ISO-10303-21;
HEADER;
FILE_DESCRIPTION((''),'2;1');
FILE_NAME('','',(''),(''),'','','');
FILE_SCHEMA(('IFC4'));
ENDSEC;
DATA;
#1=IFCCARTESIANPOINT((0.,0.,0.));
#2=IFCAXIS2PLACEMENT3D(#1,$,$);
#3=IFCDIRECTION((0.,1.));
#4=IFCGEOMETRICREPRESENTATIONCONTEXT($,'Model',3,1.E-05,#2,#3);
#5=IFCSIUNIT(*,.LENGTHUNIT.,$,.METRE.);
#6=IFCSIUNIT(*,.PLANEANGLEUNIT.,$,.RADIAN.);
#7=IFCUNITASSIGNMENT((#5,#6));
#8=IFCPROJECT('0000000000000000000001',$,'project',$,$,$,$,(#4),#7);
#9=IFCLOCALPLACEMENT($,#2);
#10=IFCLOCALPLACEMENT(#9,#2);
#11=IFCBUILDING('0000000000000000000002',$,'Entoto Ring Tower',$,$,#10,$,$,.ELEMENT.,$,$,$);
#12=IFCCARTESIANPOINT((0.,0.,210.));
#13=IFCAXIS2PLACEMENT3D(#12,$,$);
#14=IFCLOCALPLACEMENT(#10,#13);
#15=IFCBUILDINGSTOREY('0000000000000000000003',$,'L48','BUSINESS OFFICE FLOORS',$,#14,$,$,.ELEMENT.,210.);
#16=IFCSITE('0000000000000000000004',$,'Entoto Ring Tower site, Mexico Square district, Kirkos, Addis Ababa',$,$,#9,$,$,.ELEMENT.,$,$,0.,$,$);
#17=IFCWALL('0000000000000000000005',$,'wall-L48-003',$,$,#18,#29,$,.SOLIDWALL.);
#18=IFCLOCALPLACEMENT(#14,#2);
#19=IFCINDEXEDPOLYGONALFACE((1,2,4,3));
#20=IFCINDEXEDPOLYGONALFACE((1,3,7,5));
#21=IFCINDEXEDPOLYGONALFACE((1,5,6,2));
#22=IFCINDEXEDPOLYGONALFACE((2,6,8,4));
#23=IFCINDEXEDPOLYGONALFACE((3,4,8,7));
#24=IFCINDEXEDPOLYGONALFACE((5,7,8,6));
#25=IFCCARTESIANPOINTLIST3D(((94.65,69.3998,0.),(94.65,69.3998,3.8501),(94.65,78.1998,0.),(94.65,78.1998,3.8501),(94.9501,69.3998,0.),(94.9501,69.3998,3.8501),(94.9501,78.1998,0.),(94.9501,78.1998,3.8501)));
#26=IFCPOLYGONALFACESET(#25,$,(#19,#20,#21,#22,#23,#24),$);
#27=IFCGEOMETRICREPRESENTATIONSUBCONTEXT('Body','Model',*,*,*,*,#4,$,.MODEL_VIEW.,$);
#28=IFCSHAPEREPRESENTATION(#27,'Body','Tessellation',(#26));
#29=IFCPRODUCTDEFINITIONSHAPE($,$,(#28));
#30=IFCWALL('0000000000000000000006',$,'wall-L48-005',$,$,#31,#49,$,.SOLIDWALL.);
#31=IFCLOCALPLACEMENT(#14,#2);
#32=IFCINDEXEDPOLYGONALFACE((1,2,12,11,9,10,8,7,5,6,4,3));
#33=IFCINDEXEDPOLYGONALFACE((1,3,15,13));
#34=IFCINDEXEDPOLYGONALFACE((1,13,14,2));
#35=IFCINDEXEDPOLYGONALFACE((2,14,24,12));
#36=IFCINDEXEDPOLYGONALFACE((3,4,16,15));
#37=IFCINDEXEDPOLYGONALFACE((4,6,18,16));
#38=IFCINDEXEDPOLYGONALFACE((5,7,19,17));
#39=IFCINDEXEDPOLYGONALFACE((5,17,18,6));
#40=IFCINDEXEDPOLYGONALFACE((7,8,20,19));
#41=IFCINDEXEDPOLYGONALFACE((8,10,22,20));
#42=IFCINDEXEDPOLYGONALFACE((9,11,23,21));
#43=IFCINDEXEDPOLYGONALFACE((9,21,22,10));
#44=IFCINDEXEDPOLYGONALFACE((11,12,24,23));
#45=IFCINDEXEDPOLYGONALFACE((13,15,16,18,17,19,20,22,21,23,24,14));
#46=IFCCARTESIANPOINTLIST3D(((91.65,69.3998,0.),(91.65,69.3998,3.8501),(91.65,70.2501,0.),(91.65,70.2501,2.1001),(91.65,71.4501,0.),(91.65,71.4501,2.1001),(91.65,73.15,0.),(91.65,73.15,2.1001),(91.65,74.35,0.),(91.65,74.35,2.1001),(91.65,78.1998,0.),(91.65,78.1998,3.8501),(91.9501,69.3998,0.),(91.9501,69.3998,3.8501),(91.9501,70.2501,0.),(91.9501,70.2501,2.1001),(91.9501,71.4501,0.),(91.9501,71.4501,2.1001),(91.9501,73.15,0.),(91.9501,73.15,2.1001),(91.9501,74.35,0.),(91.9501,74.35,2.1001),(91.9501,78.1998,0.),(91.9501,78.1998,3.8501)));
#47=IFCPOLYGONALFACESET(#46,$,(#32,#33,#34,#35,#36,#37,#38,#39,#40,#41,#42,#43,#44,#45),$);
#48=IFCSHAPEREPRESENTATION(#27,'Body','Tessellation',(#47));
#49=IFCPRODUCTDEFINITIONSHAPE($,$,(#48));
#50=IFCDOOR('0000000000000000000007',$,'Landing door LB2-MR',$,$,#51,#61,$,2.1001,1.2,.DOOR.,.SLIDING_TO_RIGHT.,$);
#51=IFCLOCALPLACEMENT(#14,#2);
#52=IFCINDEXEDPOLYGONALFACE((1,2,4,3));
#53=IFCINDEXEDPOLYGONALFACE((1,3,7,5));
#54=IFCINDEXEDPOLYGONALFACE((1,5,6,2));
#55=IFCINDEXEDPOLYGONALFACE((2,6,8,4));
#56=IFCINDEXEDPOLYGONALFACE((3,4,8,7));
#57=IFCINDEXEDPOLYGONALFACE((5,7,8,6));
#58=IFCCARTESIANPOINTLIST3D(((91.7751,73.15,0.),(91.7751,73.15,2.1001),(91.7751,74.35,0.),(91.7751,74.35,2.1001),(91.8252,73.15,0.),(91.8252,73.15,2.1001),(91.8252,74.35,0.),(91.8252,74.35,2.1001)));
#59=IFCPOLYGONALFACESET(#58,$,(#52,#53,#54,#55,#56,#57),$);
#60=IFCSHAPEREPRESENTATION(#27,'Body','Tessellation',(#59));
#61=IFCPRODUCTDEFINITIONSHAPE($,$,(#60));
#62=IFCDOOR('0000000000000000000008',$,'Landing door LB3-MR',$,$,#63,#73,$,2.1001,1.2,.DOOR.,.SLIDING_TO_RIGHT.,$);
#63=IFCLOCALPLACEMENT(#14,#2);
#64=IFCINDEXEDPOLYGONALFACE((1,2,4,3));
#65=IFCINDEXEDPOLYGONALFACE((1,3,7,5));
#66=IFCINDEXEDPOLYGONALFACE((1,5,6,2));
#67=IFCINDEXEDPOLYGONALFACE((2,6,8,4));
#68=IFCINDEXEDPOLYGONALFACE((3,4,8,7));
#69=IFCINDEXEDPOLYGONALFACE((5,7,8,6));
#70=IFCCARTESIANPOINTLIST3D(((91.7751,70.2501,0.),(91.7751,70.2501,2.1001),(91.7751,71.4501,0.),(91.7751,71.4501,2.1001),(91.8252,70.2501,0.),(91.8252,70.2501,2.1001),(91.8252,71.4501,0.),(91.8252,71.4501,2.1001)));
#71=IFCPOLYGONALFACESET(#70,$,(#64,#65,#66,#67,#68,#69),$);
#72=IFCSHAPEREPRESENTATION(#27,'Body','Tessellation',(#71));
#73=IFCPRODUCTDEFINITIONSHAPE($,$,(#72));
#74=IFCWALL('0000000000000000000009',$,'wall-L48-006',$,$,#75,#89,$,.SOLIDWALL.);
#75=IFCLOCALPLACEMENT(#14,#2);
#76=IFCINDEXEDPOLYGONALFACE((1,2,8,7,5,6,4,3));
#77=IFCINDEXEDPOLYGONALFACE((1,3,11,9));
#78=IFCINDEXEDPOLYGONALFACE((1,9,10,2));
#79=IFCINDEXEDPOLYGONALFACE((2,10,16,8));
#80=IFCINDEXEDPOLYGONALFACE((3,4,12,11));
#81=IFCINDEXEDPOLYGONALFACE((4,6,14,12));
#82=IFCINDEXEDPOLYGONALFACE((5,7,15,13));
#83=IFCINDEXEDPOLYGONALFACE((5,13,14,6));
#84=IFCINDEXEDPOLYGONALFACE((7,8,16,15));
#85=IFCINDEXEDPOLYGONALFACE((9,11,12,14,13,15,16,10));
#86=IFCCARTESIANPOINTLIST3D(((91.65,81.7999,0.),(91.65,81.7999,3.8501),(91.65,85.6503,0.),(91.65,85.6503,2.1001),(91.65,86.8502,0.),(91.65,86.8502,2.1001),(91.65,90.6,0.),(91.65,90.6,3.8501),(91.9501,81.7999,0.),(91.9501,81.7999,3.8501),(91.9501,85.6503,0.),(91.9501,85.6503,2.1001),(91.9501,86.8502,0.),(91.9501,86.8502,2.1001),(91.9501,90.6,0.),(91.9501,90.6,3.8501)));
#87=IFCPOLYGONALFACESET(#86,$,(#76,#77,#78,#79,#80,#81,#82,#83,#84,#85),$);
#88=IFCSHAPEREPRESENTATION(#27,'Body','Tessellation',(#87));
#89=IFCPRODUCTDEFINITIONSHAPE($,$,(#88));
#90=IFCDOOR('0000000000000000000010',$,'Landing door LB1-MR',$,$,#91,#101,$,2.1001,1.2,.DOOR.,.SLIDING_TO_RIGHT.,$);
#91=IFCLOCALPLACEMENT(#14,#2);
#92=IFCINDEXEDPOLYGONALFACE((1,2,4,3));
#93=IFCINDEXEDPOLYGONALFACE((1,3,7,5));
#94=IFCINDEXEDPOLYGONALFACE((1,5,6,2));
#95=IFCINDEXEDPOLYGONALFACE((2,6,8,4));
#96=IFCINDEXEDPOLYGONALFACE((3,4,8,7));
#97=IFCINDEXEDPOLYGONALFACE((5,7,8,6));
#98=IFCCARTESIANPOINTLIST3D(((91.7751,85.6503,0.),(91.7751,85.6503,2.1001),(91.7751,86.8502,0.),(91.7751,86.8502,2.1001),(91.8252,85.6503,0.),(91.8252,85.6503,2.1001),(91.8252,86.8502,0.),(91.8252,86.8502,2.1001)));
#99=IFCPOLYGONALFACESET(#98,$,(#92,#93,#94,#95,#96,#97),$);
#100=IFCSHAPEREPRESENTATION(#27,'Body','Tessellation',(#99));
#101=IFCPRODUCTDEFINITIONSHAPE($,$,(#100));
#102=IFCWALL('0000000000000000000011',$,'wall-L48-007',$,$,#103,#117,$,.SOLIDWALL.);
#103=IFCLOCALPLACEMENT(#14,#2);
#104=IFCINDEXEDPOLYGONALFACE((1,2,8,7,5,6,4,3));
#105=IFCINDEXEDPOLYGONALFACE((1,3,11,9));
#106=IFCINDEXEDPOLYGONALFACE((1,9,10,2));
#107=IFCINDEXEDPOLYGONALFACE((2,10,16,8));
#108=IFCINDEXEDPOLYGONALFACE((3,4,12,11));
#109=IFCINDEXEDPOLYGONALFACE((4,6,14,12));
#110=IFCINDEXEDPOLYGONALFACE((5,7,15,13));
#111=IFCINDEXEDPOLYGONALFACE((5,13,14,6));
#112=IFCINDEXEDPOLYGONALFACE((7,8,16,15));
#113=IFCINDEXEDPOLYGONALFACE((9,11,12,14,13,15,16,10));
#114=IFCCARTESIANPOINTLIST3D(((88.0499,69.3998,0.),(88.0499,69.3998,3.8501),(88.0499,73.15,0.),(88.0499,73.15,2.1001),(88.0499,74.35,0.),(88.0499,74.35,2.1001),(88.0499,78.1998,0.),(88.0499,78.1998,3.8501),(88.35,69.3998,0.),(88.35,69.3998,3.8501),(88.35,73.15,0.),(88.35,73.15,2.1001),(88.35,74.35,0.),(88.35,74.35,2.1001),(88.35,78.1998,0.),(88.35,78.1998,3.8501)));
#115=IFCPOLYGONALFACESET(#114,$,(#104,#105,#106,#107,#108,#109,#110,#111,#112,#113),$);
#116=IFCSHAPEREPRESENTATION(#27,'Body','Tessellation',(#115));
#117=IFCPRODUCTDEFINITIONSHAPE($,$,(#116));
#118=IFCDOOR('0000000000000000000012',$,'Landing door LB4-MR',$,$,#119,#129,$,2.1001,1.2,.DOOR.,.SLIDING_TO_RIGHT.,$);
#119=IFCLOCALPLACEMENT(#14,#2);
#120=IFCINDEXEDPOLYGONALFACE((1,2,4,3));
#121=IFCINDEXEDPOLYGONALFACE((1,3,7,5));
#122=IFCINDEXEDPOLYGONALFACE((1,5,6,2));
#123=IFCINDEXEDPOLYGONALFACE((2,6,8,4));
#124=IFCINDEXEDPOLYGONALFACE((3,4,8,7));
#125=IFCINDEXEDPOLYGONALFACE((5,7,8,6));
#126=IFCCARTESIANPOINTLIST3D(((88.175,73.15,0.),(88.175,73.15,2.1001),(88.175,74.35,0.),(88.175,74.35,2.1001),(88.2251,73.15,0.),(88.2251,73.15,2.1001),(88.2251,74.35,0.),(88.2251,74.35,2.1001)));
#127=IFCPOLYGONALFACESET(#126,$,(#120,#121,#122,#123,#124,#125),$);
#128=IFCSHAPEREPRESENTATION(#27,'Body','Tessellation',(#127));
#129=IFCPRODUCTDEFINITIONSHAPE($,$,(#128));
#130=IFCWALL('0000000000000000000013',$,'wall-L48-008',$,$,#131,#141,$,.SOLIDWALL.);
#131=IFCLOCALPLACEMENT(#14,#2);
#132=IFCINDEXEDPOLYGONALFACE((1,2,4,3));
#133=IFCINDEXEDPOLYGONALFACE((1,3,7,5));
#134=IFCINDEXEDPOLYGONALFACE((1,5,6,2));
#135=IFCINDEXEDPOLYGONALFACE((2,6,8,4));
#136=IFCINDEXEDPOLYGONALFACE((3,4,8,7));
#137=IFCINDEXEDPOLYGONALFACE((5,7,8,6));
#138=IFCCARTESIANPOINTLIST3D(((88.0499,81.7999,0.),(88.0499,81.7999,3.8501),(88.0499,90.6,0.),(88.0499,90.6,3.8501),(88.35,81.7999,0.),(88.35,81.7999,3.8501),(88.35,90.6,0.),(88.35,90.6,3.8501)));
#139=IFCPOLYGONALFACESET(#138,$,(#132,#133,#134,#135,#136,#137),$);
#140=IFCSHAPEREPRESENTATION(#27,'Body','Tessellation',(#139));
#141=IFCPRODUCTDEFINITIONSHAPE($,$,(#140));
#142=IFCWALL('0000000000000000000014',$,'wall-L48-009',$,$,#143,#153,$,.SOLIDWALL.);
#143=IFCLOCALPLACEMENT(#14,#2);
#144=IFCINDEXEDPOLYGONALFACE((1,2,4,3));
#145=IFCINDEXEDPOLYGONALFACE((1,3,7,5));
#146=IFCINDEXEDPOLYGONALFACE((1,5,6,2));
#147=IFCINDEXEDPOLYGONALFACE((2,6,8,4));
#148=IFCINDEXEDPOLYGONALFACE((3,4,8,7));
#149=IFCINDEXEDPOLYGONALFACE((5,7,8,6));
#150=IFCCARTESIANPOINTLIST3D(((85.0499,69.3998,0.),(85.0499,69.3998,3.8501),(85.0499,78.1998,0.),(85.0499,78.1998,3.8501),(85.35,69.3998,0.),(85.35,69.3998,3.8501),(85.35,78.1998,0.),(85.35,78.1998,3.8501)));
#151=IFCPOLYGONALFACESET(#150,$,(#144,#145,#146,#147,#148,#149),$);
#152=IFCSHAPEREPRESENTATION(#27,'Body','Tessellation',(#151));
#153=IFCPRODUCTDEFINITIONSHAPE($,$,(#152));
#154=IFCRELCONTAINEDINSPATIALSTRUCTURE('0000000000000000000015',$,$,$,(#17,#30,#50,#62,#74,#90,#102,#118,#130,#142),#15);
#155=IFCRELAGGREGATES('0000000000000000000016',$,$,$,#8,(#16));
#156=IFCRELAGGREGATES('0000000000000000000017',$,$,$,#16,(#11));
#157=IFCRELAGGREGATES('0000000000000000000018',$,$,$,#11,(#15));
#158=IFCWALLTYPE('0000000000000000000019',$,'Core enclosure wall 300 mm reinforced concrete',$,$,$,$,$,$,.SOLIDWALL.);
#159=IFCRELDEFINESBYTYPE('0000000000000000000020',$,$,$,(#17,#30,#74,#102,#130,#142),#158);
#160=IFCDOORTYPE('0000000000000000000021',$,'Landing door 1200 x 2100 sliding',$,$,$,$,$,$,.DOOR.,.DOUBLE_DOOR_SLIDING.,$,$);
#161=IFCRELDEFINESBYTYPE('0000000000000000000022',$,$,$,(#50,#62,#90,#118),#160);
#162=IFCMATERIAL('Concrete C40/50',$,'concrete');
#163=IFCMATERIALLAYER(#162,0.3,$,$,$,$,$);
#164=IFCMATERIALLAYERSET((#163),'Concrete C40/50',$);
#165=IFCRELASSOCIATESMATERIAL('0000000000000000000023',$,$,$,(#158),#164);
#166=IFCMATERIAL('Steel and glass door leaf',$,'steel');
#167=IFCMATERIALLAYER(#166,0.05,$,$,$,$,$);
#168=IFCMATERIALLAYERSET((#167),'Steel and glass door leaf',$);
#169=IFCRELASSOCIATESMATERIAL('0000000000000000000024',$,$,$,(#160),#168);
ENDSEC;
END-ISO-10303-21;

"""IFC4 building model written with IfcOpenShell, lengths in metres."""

from ifc_helpers import new_model, si_unit, direction, frame, frame_2d, origin, place, context, subcontext, project, spatial, rectangle, extrude, material, layer, layer_set, type_object, element, fill, save


model = new_model("IFC4")

# Units and contexts
model_context = context("Model", 3, precision=1e-05, world=origin(), true_north=direction((0.0, 1.0)))
body_context = subcontext(model_context, "Body", "Model", "MODEL_VIEW")
ifc_project = project(units=[si_unit("LENGTHUNIT", "METRE"), si_unit("PLANEANGLEUNIT", "RADIAN")], contexts=[model_context])

# Site, building, storey
site_placement = place(None, origin())
site = spatial("IfcSite", under=ifc_project, at=site_placement, Name="Entoto Ring Tower site, Mexico Square district, Kirkos, Addis Ababa", CompositionType="ELEMENT", RefElevation=0.0)
building_placement = place(site_placement, origin())
building = spatial("IfcBuilding", under=site, at=building_placement, Name="Entoto Ring Tower", CompositionType="ELEMENT")
storey_placement = place(building_placement, frame((0.0, 0.0, 210.0)))
storey = spatial("IfcBuildingStorey", under=building, at=storey_placement, Name="L48", Description="BUSINESS OFFICE FLOORS", CompositionType="ELEMENT", Elevation=210.0)

# Wall
ifc_material_1 = material(Name="Concrete C40/50", Category="concrete")
ifc_layer_1 = layer(ifc_material_1, 0.3)
ifc_layer_set_1 = layer_set([ifc_layer_1], Name="Concrete C40/50")
wall_type = type_object("IfcWallType", Name="Core enclosure wall 300 mm reinforced concrete", PredefinedType="SOLIDWALL", material=ifc_layer_set_1)
wall_1_placement = place(storey_placement, frame((94.8, 69.3999, 0.0), z_axis=(0.0, 0.0, 1.0), x_axis=(0.0, 1.0, 0.0)))
element("IfcWall", 1, at=wall_1_placement, inside=storey, type_object=wall_type, Name="wall-L48-003", PredefinedType="SOLIDWALL", context=body_context, shape_type="SweptSolid", body=[
    extrude(rectangle(XDim=8.8, YDim=0.3, at=frame_2d((4.3999, 0.0))), origin(), (0.0, 0.0, 1.0), 3.8501),
])

# Wall, openings, doors
wall_2_placement = place(storey_placement, frame((91.8, 69.3999, 0.0), z_axis=(0.0, 0.0, 1.0), x_axis=(0.0, 1.0, 0.0)))
wall_2 = element("IfcWall", 2, at=wall_2_placement, inside=storey, type_object=wall_type, Name="wall-L48-005", PredefinedType="SOLIDWALL", context=body_context, shape_type="SweptSolid", body=[
    extrude(rectangle(XDim=8.8, YDim=0.3, at=frame_2d((4.3999, 0.0))), origin(), (0.0, 0.0, 1.0), 3.8501),
])
opening_1_placement = place(wall_2_placement, frame((3.75, 0.0, 0.0)))
opening_1 = element("IfcOpeningElement", 3, at=opening_1_placement, cuts=wall_2, PredefinedType="OPENING", context=body_context, shape_type="SweptSolid", body=[
    extrude(rectangle(XDim=1.2, YDim=2.1001, at=frame_2d((0.6001, 1.05))), frame((0.0, 0.1602, 0.0), z_axis=(0.0, -1.0, 0.0), x_axis=(1.0, 0.0, 0.0)), (0.0, 0.0, 1.0), 0.3201),
])
opening_2_placement = place(wall_2_placement, frame((0.8501, 0.0, 0.0)))
opening_2 = element("IfcOpeningElement", 4, at=opening_2_placement, cuts=wall_2, PredefinedType="OPENING", context=body_context, shape_type="SweptSolid", body=[
    extrude(rectangle(XDim=1.2, YDim=2.1001, at=frame_2d((0.6001, 1.05))), frame((0.0, 0.1602, 0.0), z_axis=(0.0, -1.0, 0.0), x_axis=(1.0, 0.0, 0.0)), (0.0, 0.0, 1.0), 0.3201),
])
ifc_material_2 = material(Name="Steel and glass door leaf", Category="steel")
ifc_layer_2 = layer(ifc_material_2, 0.05)
ifc_layer_set_2 = layer_set([ifc_layer_2], Name="Steel and glass door leaf")
door_type_1 = type_object("IfcDoorType", Name="Landing door 1200 x 2100 sliding", OperationType="DOUBLE_DOOR_SLIDING", PredefinedType="DOOR", material=ifc_layer_set_2)
door_1_placement = place(opening_1_placement, origin())
door_1 = element("IfcDoor", 5, at=door_1_placement, inside=storey, type_object=door_type_1, Name="Landing door LB2-MR", OperationType="SLIDING_TO_RIGHT", OverallHeight=2.1001, OverallWidth=1.2, PredefinedType="DOOR", context=body_context, shape_type="SweptSolid", body=[
    extrude(rectangle(XDim=1.2, YDim=2.1001, at=frame_2d((0.6001, 1.05))), frame((0.0, 0.0249, 0.0), z_axis=(0.0, -1.0, 0.0), x_axis=(1.0, 0.0, 0.0)), (0.0, 0.0, 1.0), 0.05),
])
fill(opening_1, door_1)
door_2_placement = place(opening_2_placement, origin())
door_2 = element("IfcDoor", 6, at=door_2_placement, inside=storey, type_object=door_type_1, Name="Landing door LB3-MR", OperationType="SLIDING_TO_RIGHT", OverallHeight=2.1001, OverallWidth=1.2, PredefinedType="DOOR", context=body_context, shape_type="SweptSolid", body=[
    extrude(rectangle(XDim=1.2, YDim=2.1001, at=frame_2d((0.6001, 1.05))), frame((0.0, 0.0249, 0.0), z_axis=(0.0, -1.0, 0.0), x_axis=(1.0, 0.0, 0.0)), (0.0, 0.0, 1.0), 0.05),
])
fill(opening_2, door_2)

# Walls, openings, doors
wall_3_placement = place(storey_placement, frame((91.8, 81.8, 0.0), z_axis=(0.0, 0.0, 1.0), x_axis=(0.0, 1.0, 0.0)))
wall_3 = element("IfcWall", 7, at=wall_3_placement, inside=storey, type_object=wall_type, Name="wall-L48-006", PredefinedType="SOLIDWALL", context=body_context, shape_type="SweptSolid", body=[
    extrude(rectangle(XDim=8.8, YDim=0.3, at=frame_2d((4.3999, 0.0))), origin(), (0.0, 0.0, 1.0), 3.8501),
])
opening_3_placement = place(wall_3_placement, frame((3.8501, 0.0, 0.0)))
opening_3 = element("IfcOpeningElement", 8, at=opening_3_placement, cuts=wall_3, PredefinedType="OPENING", context=body_context, shape_type="SweptSolid", body=[
    extrude(rectangle(XDim=1.2, YDim=2.1001, at=frame_2d((0.6001, 1.05))), frame((0.0, 0.1602, 0.0), z_axis=(0.0, -1.0, 0.0), x_axis=(1.0, 0.0, 0.0)), (0.0, 0.0, 1.0), 0.3201),
])
door_3_placement = place(opening_3_placement, origin())
door_3 = element("IfcDoor", 9, at=door_3_placement, inside=storey, type_object=door_type_1, Name="Landing door LB1-MR", OperationType="SLIDING_TO_RIGHT", OverallHeight=2.1001, OverallWidth=1.2, PredefinedType="DOOR", context=body_context, shape_type="SweptSolid", body=[
    extrude(rectangle(XDim=1.2, YDim=2.1001, at=frame_2d((0.6001, 1.05))), frame((0.0, 0.0249, 0.0), z_axis=(0.0, -1.0, 0.0), x_axis=(1.0, 0.0, 0.0)), (0.0, 0.0, 1.0), 0.05),
])
fill(opening_3, door_3)
wall_4_placement = place(storey_placement, frame((88.2, 69.3999, 0.0), z_axis=(0.0, 0.0, 1.0), x_axis=(0.0, 1.0, 0.0)))
wall_4 = element("IfcWall", 10, at=wall_4_placement, inside=storey, type_object=wall_type, Name="wall-L48-007", PredefinedType="SOLIDWALL", context=body_context, shape_type="SweptSolid", body=[
    extrude(rectangle(XDim=8.8, YDim=0.3, at=frame_2d((4.3999, 0.0))), origin(), (0.0, 0.0, 1.0), 3.8501),
])
opening_4_placement = place(wall_4_placement, frame((3.75, 0.0, 0.0)))
opening_4 = element("IfcOpeningElement", 11, at=opening_4_placement, cuts=wall_4, PredefinedType="OPENING", context=body_context, shape_type="SweptSolid", body=[
    extrude(rectangle(XDim=1.2, YDim=2.1001, at=frame_2d((0.6001, 1.05))), frame((0.0, 0.1602, 0.0), z_axis=(0.0, -1.0, 0.0), x_axis=(1.0, 0.0, 0.0)), (0.0, 0.0, 1.0), 0.3201),
])
door_4_placement = place(opening_4_placement, origin())
door_4 = element("IfcDoor", 12, at=door_4_placement, inside=storey, type_object=door_type_1, Name="Landing door LB4-MR", OperationType="SLIDING_TO_RIGHT", OverallHeight=2.1001, OverallWidth=1.2, PredefinedType="DOOR", context=body_context, shape_type="SweptSolid", body=[
    extrude(rectangle(XDim=1.2, YDim=2.1001, at=frame_2d((0.6001, 1.05))), frame((0.0, 0.0249, 0.0), z_axis=(0.0, -1.0, 0.0), x_axis=(1.0, 0.0, 0.0)), (0.0, 0.0, 1.0), 0.05),
])
fill(opening_4, door_4)

# Walls
for number, where, z_axis, x_axis, name in (
    (13, (88.2, 81.8, 0.0), (0.0, 0.0, 1.0), (0.0, 1.0, 0.0), "wall-L48-008"),
    (14, (85.2, 69.3999, 0.0), (0.0, 0.0, 1.0), (0.0, 1.0, 0.0), "wall-L48-009"),
):
    element("IfcWall", number, at=place(storey_placement, frame(where, z_axis=z_axis, x_axis=x_axis)), inside=storey, type_object=wall_type, Name=name, PredefinedType="SOLIDWALL", context=body_context, shape_type="SweptSolid", body=[
        extrude(rectangle(XDim=8.8, YDim=0.3, at=frame_2d((4.3999, 0.0))), origin(), (0.0, 0.0, 1.0), 3.8501),
    ])

save(model, "model.ifc")
